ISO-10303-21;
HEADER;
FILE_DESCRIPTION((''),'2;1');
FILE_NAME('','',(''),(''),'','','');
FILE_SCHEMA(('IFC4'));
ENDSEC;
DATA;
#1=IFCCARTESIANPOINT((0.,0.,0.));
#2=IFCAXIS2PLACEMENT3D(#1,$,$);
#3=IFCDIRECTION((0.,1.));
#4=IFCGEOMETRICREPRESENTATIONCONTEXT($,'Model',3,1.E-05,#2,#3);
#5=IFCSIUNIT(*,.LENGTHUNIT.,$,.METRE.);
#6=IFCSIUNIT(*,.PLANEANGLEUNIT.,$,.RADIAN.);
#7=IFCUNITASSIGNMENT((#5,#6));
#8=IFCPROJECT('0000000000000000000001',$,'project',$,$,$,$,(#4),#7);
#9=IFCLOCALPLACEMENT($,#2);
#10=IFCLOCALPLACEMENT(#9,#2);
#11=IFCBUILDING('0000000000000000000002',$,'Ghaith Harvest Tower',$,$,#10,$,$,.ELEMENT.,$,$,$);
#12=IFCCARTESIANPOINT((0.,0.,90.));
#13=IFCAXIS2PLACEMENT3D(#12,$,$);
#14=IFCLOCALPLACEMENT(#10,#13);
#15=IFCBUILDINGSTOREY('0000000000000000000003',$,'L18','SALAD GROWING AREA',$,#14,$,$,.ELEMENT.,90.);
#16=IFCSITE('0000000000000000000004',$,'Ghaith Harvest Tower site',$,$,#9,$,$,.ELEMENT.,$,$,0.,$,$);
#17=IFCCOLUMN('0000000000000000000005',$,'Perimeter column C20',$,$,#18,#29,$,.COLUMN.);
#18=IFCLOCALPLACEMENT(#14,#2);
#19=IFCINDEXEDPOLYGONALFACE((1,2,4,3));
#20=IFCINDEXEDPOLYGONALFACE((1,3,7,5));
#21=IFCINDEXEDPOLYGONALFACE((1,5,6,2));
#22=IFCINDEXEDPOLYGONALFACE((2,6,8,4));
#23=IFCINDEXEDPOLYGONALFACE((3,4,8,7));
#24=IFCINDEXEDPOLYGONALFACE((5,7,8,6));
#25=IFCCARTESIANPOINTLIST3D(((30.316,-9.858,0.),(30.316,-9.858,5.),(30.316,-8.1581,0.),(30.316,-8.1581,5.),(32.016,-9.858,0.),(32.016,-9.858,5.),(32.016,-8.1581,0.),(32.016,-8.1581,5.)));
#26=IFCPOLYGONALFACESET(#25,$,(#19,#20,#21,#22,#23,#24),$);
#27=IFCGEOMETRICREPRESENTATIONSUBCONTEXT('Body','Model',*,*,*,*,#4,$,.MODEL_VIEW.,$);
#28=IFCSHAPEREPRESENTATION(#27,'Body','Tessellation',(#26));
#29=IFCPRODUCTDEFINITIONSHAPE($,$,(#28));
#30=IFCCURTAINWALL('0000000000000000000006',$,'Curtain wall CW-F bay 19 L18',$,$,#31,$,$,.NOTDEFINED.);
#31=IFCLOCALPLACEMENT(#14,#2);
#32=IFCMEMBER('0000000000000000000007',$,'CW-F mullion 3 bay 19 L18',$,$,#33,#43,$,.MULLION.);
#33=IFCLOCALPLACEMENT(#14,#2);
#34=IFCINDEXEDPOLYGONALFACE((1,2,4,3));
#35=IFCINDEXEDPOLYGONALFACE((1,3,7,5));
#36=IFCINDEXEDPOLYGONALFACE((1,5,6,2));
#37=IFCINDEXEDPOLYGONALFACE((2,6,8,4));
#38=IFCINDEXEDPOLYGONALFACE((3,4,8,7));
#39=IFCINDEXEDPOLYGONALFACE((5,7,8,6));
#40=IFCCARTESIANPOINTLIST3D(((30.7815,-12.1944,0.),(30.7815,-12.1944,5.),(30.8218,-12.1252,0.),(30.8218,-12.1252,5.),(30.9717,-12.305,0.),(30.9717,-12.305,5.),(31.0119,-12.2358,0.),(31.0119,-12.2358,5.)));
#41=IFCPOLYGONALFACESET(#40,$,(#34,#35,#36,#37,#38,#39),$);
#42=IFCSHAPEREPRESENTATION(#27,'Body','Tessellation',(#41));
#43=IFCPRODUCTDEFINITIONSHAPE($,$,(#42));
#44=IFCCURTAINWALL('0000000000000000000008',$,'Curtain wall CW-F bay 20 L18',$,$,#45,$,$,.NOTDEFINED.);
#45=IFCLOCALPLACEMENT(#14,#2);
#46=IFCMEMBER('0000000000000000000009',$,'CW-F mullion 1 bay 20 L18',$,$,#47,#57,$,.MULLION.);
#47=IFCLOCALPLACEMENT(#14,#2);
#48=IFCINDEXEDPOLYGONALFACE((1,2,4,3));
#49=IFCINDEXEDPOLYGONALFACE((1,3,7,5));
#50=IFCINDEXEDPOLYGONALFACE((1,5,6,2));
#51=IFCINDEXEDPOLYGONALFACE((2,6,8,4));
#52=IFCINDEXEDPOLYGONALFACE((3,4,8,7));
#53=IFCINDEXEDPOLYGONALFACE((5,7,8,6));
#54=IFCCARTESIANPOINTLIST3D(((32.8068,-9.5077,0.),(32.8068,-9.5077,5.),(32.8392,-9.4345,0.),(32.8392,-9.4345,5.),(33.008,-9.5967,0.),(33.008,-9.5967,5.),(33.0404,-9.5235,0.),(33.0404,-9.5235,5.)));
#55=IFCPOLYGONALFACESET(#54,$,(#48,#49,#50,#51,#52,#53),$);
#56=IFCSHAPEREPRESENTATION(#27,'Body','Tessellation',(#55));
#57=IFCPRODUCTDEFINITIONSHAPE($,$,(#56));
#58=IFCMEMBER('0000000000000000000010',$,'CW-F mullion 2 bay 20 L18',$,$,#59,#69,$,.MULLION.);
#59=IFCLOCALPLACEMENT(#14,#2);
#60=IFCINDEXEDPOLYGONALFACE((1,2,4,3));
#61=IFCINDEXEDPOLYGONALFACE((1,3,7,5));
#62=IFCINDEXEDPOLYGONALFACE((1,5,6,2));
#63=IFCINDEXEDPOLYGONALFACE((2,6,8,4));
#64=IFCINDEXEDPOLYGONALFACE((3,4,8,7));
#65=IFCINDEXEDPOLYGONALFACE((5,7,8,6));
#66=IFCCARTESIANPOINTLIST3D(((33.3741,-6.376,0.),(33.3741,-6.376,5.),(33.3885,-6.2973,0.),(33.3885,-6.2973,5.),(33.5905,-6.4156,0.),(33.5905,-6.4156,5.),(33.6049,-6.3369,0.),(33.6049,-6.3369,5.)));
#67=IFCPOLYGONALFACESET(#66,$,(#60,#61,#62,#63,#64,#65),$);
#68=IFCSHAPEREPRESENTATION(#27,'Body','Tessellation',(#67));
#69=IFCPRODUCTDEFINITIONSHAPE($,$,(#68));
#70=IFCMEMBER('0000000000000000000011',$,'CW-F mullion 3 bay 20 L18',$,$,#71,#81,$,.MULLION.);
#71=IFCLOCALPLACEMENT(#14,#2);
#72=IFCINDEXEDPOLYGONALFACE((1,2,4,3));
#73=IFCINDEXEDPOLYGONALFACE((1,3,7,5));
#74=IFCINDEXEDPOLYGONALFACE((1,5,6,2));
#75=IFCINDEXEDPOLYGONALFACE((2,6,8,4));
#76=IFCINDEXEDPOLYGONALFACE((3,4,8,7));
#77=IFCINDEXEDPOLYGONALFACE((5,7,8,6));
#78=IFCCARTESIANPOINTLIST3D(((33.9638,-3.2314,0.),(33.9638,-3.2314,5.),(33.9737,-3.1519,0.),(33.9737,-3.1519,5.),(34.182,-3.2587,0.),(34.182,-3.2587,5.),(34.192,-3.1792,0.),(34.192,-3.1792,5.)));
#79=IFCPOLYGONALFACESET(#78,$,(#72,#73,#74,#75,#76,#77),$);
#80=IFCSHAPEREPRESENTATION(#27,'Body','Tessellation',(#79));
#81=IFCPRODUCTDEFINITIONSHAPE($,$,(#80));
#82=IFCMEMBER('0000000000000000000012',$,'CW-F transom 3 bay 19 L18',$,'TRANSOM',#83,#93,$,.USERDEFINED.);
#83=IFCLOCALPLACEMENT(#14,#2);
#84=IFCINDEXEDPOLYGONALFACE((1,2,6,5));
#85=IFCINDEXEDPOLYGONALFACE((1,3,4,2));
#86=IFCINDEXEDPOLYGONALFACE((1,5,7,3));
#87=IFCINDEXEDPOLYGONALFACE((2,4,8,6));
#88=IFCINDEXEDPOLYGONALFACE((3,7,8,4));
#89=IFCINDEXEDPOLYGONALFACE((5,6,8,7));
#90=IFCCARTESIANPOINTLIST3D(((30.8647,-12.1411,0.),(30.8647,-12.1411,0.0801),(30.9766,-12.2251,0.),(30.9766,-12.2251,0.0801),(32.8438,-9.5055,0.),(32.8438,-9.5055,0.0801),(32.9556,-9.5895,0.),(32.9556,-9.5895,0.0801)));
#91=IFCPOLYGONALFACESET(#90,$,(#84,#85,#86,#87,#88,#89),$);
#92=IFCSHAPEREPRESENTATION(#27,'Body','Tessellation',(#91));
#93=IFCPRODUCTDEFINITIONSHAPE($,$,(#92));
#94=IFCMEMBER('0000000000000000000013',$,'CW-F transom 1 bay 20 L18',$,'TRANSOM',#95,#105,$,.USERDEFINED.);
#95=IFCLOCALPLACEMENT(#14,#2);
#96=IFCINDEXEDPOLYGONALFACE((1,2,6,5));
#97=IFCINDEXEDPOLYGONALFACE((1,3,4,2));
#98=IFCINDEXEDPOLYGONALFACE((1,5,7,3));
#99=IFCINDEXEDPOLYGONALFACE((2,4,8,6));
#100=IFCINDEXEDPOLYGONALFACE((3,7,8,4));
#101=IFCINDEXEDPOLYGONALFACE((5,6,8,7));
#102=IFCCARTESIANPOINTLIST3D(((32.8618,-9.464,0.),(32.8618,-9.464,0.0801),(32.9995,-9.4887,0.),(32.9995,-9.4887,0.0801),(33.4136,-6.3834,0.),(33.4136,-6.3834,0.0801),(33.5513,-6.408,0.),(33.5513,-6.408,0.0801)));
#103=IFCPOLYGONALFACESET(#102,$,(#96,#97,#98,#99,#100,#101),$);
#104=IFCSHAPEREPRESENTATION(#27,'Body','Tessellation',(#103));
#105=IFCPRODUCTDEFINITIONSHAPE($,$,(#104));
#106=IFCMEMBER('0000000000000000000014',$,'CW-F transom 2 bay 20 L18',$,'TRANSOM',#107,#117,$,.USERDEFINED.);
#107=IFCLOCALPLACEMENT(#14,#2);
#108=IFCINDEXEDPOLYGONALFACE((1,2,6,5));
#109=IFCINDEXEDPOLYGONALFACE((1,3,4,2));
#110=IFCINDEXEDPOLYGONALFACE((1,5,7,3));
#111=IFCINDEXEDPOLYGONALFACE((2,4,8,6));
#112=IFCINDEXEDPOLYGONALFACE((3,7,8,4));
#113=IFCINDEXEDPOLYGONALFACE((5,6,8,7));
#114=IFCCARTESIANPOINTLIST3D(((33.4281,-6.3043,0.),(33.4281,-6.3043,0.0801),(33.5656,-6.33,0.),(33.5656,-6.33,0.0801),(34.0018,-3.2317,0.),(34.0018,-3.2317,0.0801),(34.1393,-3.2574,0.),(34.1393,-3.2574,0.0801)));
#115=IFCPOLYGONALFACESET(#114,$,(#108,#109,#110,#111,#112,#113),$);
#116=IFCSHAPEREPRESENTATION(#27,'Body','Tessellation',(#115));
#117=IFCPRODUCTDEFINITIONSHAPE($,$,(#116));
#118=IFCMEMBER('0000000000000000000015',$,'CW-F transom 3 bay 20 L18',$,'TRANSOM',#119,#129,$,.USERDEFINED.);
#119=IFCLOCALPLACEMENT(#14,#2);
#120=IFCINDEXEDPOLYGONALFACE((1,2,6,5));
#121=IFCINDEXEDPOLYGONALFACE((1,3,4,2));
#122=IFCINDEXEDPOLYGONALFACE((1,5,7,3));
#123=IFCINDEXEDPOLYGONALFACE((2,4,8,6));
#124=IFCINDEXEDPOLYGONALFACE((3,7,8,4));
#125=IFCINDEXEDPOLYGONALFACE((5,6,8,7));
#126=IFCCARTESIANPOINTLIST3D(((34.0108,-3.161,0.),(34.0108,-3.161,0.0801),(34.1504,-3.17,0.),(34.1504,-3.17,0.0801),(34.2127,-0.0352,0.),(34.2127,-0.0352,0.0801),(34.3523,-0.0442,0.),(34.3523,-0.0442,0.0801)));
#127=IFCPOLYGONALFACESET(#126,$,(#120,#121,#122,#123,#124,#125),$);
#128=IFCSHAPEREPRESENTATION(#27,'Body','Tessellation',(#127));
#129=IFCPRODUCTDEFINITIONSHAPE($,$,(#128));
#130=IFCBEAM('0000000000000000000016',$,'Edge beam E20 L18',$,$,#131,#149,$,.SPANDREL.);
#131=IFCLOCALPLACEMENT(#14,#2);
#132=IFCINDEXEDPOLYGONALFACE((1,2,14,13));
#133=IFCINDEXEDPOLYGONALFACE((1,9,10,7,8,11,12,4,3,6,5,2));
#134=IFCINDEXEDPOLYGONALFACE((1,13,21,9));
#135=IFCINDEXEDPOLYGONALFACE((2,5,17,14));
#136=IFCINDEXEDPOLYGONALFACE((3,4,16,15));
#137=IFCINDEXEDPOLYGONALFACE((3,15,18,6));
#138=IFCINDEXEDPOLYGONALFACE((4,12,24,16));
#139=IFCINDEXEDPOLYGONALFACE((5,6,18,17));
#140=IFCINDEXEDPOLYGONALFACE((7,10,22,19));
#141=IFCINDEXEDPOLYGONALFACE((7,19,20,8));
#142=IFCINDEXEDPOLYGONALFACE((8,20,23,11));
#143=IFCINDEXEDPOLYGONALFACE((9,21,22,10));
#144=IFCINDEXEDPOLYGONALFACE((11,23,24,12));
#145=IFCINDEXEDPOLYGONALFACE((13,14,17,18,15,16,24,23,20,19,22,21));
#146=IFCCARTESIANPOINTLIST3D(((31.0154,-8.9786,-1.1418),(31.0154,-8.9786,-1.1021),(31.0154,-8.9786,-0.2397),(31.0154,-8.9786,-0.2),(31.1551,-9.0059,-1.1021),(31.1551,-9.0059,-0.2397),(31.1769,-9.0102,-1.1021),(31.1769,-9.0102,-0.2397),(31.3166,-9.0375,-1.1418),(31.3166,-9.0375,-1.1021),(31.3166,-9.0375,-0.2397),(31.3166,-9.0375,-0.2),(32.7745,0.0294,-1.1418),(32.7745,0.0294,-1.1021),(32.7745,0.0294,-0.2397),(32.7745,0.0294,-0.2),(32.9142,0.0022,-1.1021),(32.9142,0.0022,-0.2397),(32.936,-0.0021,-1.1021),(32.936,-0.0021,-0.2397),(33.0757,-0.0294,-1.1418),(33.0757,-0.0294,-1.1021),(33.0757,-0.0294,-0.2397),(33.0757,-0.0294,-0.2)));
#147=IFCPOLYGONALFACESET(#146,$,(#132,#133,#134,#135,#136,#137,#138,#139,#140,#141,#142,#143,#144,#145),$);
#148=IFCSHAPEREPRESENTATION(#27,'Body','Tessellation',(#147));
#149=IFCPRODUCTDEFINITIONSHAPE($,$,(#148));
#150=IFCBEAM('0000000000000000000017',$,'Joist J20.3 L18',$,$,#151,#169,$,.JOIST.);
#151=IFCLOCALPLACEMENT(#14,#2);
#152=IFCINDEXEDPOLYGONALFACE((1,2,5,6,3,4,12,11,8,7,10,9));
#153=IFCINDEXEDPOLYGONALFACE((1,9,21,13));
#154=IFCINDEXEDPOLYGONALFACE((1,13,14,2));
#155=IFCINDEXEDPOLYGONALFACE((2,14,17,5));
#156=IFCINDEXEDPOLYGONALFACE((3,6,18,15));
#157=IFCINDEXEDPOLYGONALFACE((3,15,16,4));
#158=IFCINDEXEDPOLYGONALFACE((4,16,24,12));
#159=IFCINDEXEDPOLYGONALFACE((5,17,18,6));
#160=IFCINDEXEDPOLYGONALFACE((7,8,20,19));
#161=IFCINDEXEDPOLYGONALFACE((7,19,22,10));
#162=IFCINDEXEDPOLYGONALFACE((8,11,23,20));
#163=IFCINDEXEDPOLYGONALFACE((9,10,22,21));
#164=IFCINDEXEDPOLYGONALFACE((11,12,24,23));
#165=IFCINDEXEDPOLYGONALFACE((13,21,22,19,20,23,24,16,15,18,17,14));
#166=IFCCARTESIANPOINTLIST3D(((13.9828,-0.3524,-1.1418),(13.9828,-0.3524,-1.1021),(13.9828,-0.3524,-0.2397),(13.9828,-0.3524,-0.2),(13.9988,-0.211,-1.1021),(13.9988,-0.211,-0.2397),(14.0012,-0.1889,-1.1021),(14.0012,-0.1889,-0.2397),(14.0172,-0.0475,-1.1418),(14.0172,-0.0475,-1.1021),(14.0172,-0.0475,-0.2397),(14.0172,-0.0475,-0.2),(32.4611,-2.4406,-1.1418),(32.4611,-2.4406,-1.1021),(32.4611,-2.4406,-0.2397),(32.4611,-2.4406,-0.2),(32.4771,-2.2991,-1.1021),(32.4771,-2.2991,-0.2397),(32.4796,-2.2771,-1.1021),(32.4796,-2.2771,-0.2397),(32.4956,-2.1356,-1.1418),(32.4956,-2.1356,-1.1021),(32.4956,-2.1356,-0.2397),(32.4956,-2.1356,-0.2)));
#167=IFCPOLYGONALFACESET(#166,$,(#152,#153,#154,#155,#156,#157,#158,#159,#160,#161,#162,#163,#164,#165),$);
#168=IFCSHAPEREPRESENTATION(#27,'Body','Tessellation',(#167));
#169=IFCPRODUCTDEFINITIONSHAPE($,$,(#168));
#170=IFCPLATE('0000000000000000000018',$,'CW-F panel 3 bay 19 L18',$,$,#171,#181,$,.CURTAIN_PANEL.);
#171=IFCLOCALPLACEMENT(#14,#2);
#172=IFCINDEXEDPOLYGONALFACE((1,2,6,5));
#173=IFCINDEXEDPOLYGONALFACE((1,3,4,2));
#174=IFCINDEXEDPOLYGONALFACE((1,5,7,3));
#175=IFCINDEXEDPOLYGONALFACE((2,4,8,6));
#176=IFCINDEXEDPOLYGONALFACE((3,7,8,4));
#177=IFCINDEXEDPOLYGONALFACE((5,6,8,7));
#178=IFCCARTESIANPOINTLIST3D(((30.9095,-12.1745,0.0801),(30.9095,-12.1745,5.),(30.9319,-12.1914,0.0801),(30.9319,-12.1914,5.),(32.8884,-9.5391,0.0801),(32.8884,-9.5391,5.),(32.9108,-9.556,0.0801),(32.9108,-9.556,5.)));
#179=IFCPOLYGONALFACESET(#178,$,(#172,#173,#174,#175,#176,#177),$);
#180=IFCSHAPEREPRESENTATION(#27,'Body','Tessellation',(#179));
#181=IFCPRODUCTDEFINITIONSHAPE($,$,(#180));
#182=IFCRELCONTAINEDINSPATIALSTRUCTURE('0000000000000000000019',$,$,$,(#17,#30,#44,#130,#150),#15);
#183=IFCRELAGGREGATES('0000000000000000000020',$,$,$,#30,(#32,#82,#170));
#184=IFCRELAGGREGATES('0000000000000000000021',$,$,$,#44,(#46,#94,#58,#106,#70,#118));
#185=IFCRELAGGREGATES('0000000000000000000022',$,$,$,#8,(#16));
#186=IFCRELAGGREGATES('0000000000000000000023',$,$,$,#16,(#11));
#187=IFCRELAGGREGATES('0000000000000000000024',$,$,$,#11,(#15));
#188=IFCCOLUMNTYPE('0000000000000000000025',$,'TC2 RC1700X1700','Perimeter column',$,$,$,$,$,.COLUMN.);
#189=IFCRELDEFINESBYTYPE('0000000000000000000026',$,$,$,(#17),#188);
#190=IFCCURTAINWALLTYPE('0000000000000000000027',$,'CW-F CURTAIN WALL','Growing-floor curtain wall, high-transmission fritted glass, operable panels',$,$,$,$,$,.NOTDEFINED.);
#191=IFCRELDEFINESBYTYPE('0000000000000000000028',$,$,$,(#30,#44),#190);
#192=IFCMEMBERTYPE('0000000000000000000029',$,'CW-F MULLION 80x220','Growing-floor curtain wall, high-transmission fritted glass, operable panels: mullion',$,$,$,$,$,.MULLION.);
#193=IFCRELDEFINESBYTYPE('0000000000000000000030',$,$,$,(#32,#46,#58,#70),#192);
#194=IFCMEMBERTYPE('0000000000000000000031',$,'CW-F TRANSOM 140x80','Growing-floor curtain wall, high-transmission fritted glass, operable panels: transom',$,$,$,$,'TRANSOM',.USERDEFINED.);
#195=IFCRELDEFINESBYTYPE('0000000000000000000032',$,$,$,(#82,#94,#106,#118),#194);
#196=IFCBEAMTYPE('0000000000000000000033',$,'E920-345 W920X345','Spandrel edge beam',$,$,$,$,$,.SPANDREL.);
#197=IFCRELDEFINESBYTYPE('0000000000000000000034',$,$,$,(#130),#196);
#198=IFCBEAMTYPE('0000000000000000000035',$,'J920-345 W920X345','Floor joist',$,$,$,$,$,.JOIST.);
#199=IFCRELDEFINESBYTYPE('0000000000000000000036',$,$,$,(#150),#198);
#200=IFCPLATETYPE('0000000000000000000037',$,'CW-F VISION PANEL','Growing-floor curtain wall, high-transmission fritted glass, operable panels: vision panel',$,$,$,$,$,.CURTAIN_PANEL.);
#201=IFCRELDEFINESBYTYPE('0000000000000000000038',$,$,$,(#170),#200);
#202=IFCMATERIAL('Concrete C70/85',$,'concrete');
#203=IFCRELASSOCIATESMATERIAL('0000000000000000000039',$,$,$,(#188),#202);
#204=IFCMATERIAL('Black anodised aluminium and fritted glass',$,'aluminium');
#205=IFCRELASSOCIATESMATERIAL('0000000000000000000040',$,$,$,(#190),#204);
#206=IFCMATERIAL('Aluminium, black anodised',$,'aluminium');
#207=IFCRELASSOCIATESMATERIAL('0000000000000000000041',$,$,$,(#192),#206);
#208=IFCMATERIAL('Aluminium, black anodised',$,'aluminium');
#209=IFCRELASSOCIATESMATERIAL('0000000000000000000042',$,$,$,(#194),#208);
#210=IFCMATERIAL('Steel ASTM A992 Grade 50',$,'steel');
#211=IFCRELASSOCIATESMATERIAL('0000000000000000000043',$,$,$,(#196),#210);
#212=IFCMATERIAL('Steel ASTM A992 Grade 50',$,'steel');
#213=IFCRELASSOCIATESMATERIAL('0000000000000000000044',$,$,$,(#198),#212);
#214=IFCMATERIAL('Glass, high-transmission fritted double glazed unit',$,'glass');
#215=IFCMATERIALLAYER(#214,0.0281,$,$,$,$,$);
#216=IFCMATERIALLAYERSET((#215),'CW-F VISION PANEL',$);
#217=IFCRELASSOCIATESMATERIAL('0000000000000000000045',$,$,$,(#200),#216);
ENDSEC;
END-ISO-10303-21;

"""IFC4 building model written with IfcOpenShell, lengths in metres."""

from ifc_helpers import new_model, si_unit, direction, frame, origin, origin_2d, place, context, subcontext, project, spatial, rectangle, i_section, extrude, material, layer, layer_set, material_profile, profile_set, type_object, element, aggregate, save


model = new_model("IFC4")

# Units and contexts
model_context = context("Model", 3, precision=1e-05, world=origin(), true_north=direction((0.0, 1.0)))
body_context = subcontext(model_context, "Body", "Model", "MODEL_VIEW")
ifc_project = project(units=[si_unit("LENGTHUNIT", "METRE"), si_unit("PLANEANGLEUNIT", "RADIAN")], contexts=[model_context])

# Site, building, storey
site_placement = place(None, origin())
site = spatial("IfcSite", under=ifc_project, at=site_placement, Name="Ghaith Harvest Tower site", CompositionType="ELEMENT", RefElevation=0.0)
building_placement = place(site_placement, origin())
building = spatial("IfcBuilding", under=site, at=building_placement, Name="Ghaith Harvest Tower", CompositionType="ELEMENT")
storey_placement = place(building_placement, frame((0.0, 0.0, 90.0)))
storey = spatial("IfcBuildingStorey", under=building, at=storey_placement, Name="L18", Description="SALAD GROWING AREA", CompositionType="ELEMENT", Elevation=90.0)

# Column
ifc_material_1 = material(Name="Concrete C70/85", Category="concrete")
ifc_material_profile_1 = material_profile(ifc_material_1, rectangle(XDim=1.7, YDim=1.7, at=origin_2d()), Name="RC1700X1700")
ifc_profile_set_1 = profile_set([ifc_material_profile_1], Name="Concrete C70/85")
column_type = type_object("IfcColumnType", Name="TC2 RC1700X1700", Description="Perimeter column", PredefinedType="COLUMN", material=ifc_profile_set_1)
column_placement = place(storey_placement, frame((31.166, -9.0081, 0.0), z_axis=(0.0, 0.0, 1.0), x_axis=(1.0, 0.0, 0.0)))
element("IfcColumn", 1, at=column_placement, inside=storey, type_object=column_type, Name="Perimeter column C20", PredefinedType="COLUMN", context=body_context, shape_type="SweptSolid", body=[
    extrude(rectangle(XDim=1.7, YDim=1.7, at=origin_2d()), origin(), (0.0, 0.0, 1.0), 5.0),
])

# Curtain wall, member
ifc_material_2 = material(Name="Black anodised aluminium and fritted glass", Category="aluminium")
curtain_wall_type = type_object("IfcCurtainWallType", Name="CW-F CURTAIN WALL", Description="Growing-floor curtain wall, high-transmission fritted glass, operable panels", PredefinedType="NOTDEFINED", material=ifc_material_2)
curtain_wall_1_placement = place(storey_placement, origin())
curtain_wall_1 = element("IfcCurtainWall", 2, at=curtain_wall_1_placement, inside=storey, type_object=curtain_wall_type, Name="Curtain wall CW-F bay 19 L18", PredefinedType="NOTDEFINED")
ifc_material_3 = material(Name="Aluminium, black anodised", Category="aluminium")
ifc_material_profile_2 = material_profile(ifc_material_3, rectangle(XDim=0.0801, YDim=0.22, at=origin_2d()), Name="CW-F MULLION 80x220")
ifc_profile_set_2 = profile_set([ifc_material_profile_2], Name="Aluminium, black anodised")
member_type_1 = type_object("IfcMemberType", Name="CW-F MULLION 80x220", Description="Growing-floor curtain wall, high-transmission fritted glass, operable panels: mullion", PredefinedType="MULLION", material=ifc_profile_set_2)
member_1_placement = place(storey_placement, frame((30.8967, -12.2151, 0.0), z_axis=(0.0, 0.0, 1.0), x_axis=(0.502795, 0.864406, 0.0)))
member_1 = element("IfcMember", 3, at=member_1_placement, type_object=member_type_1, Name="CW-F mullion 3 bay 19 L18", PredefinedType="MULLION", context=body_context, shape_type="SweptSolid", body=[
    extrude(rectangle(XDim=0.0801, YDim=0.22, at=origin_2d()), origin(), (0.0, 0.0, 1.0), 5.0),
])

# Curtain wall, members
curtain_wall_2_placement = place(storey_placement, origin())
curtain_wall_2 = element("IfcCurtainWall", 4, at=curtain_wall_2_placement, inside=storey, type_object=curtain_wall_type, Name="Curtain wall CW-F bay 20 L18", PredefinedType="NOTDEFINED")
member_2_placement = place(storey_placement, frame((32.9236, -9.5156, 0.0), z_axis=(0.0, 0.0, 1.0), x_axis=(0.404702, 0.914449, 0.0)))
member_2 = element("IfcMember", 5, at=member_2_placement, type_object=member_type_1, Name="CW-F mullion 1 bay 20 L18", PredefinedType="MULLION", context=body_context, shape_type="SweptSolid", body=[
    extrude(rectangle(XDim=0.0801, YDim=0.22, at=origin_2d()), origin(), (0.0, 0.0, 1.0), 5.0),
])
member_3_placement = place(storey_placement, frame((33.4895, -6.3564, 0.0), z_axis=(0.0, 0.0, 1.0), x_axis=(0.179943, 0.983677, 0.0)))
member_3 = element("IfcMember", 6, at=member_3_placement, type_object=member_type_1, Name="CW-F mullion 2 bay 20 L18", PredefinedType="MULLION", context=body_context, shape_type="SweptSolid", body=[
    extrude(rectangle(XDim=0.0801, YDim=0.22, at=origin_2d()), origin(), (0.0, 0.0, 1.0), 5.0),
])
member_4_placement = place(storey_placement, frame((34.0779, -3.2053, 0.0), z_axis=(0.0, 0.0, 1.0), x_axis=(0.12417, 0.992261, 0.0)))
member_4 = element("IfcMember", 7, at=member_4_placement, type_object=member_type_1, Name="CW-F mullion 3 bay 20 L18", PredefinedType="MULLION", context=body_context, shape_type="SweptSolid", body=[
    extrude(rectangle(XDim=0.0801, YDim=0.22, at=origin_2d()), origin(), (0.0, 0.0, 1.0), 5.0),
])

# Members
ifc_material_4 = material(Name="Aluminium, black anodised", Category="aluminium")
ifc_material_profile_3 = material_profile(ifc_material_4, rectangle(XDim=0.1399, YDim=0.0801, at=origin_2d()), Name="CW-F TRANSOM 140x80")
ifc_profile_set_3 = profile_set([ifc_material_profile_3], Name="Aluminium, black anodised")
member_type_2 = type_object("IfcMemberType", Name="CW-F TRANSOM 140x80", Description="Growing-floor curtain wall, high-transmission fritted glass, operable panels: transom", ElementType="TRANSOM", PredefinedType="USERDEFINED", material=ifc_profile_set_3)
member_5_placement = place(storey_placement, frame((30.9207, -12.1831, 0.04), z_axis=(0.600462, 0.799653, 0.0), x_axis=(-0.799653, 0.600462, 0.0)))
member_5 = element("IfcMember", 8, at=member_5_placement, type_object=member_type_2, Name="CW-F transom 3 bay 19 L18", ObjectType="TRANSOM", PredefinedType="USERDEFINED", context=body_context, shape_type="SweptSolid", body=[
    extrude(rectangle(XDim=0.1399, YDim=0.0801, at=origin_2d()), origin(), (0.0, 0.0, 1.0), 3.2959),
])
member_6_placement = place(storey_placement, frame((32.9307, -9.4763, 0.04), z_axis=(0.176304, 0.984336, 0.0), x_axis=(-0.984336, 0.176304, 0.0)))
member_6 = element("IfcMember", 9, at=member_6_placement, type_object=member_type_2, Name="CW-F transom 1 bay 20 L18", ObjectType="TRANSOM", PredefinedType="USERDEFINED", context=body_context, shape_type="SweptSolid", body=[
    extrude(rectangle(XDim=0.1399, YDim=0.0801, at=origin_2d()), origin(), (0.0, 0.0, 1.0), 3.1296),
])
member_7_placement = place(storey_placement, frame((33.4968, -6.3171, 0.04), z_axis=(0.183557, 0.983009, 0.0), x_axis=(-0.983009, 0.183557, 0.0)))
member_7 = element("IfcMember", 10, at=member_7_placement, type_object=member_type_2, Name="CW-F transom 2 bay 20 L18", ObjectType="TRANSOM", PredefinedType="USERDEFINED", context=body_context, shape_type="SweptSolid", body=[
    extrude(rectangle(XDim=0.1399, YDim=0.0801, at=origin_2d()), origin(), (0.0, 0.0, 1.0), 3.1257),
])
member_8_placement = place(storey_placement, frame((34.0806, -3.1655, 0.04), z_axis=(0.06446, 0.99792, 0.0), x_axis=(-0.99792, 0.06446, 0.0)))
member_8 = element("IfcMember", 11, at=member_8_placement, type_object=member_type_2, Name="CW-F transom 3 bay 20 L18", ObjectType="TRANSOM", PredefinedType="USERDEFINED", context=body_context, shape_type="SweptSolid", body=[
    extrude(rectangle(XDim=0.1399, YDim=0.0801, at=origin_2d()), origin(), (0.0, 0.0, 1.0), 3.1323),
])

# Beams
ifc_material_5 = material(Name="Steel ASTM A992 Grade 50", Category="steel")
ifc_material_profile_4 = material_profile(ifc_material_5, i_section(OverallWidth=0.3069, OverallDepth=0.9419, WebThickness=0.0222, FlangeThickness=0.0398, at=origin_2d()), Name="W920X345")
ifc_profile_set_4 = profile_set([ifc_material_profile_4], Name="Steel ASTM A992 Grade 50")
beam_type_1 = type_object("IfcBeamType", Name="E920-345 W920X345", Description="Spandrel edge beam", PredefinedType="SPANDREL", material=ifc_profile_set_4)
beam_1_placement = place(storey_placement, frame((31.166, -9.0081, -0.6709), z_axis=(0.191653, 0.981463, 0.0), x_axis=(-0.981463, 0.191653, 0.0)))
element("IfcBeam", 12, at=beam_1_placement, inside=storey, type_object=beam_type_1, Name="Edge beam E20 L18", PredefinedType="SPANDREL", context=body_context, shape_type="SweptSolid", body=[
    extrude(i_section(OverallWidth=0.3069, OverallDepth=0.9419, WebThickness=0.0222, FlangeThickness=0.0398, at=origin_2d()), origin(), (0.0, 0.0, 1.0), 9.1782),
])
ifc_material_6 = material(Name="Steel ASTM A992 Grade 50", Category="steel")
ifc_material_profile_5 = material_profile(ifc_material_6, i_section(OverallWidth=0.3069, OverallDepth=0.9419, WebThickness=0.0222, FlangeThickness=0.0398, at=origin_2d()), Name="W920X345")
ifc_profile_set_5 = profile_set([ifc_material_profile_5], Name="Steel ASTM A992 Grade 50")
beam_type_2 = type_object("IfcBeamType", Name="J920-345 W920X345", Description="Floor joist", PredefinedType="JOIST", material=ifc_profile_set_5)
beam_2_placement = place(storey_placement, frame((14.0, -0.2, -0.6709), z_axis=(0.993675, -0.11229, 0.0), x_axis=(0.11229, 0.993675, 0.0)))
element("IfcBeam", 13, at=beam_2_placement, inside=storey, type_object=beam_type_2, Name="Joist J20.3 L18", PredefinedType="JOIST", context=body_context, shape_type="SweptSolid", body=[
    extrude(i_section(OverallWidth=0.3069, OverallDepth=0.9419, WebThickness=0.0222, FlangeThickness=0.0398, at=origin_2d()), origin(), (0.0, 0.0, 1.0), 18.5959),
])

# Plate
ifc_material_7 = material(Name="Glass, high-transmission fritted double glazed unit", Category="glass")
ifc_layer_1 = layer(ifc_material_7, 0.0281)
ifc_layer_set_1 = layer_set([ifc_layer_1], Name="CW-F VISION PANEL")
plate_type = type_object("IfcPlateType", Name="CW-F VISION PANEL", Description="Growing-floor curtain wall, high-transmission fritted glass, operable panels: vision panel", PredefinedType="CURTAIN_PANEL", material=ifc_layer_set_1)
plate_1_placement = place(storey_placement, frame((31.9102, -10.8652, 0.0801), z_axis=(0.0, 0.0, 1.0), x_axis=(0.600454, 0.799659, 0.0)))
plate_1 = element("IfcPlate", 14, at=plate_1_placement, type_object=plate_type, Name="CW-F panel 3 bay 19 L18", PredefinedType="CURTAIN_PANEL", context=body_context, shape_type="SweptSolid", body=[
    extrude(rectangle(XDim=3.2957, YDim=0.0281, at=origin_2d()), origin(), (0.0, 0.0, 1.0), 4.9199),
])
aggregate(curtain_wall_1, [member_1, member_5, plate_1])
aggregate(curtain_wall_2, [member_2, member_6, member_3, member_7, member_4, member_8])

save(model, "model.ifc")
